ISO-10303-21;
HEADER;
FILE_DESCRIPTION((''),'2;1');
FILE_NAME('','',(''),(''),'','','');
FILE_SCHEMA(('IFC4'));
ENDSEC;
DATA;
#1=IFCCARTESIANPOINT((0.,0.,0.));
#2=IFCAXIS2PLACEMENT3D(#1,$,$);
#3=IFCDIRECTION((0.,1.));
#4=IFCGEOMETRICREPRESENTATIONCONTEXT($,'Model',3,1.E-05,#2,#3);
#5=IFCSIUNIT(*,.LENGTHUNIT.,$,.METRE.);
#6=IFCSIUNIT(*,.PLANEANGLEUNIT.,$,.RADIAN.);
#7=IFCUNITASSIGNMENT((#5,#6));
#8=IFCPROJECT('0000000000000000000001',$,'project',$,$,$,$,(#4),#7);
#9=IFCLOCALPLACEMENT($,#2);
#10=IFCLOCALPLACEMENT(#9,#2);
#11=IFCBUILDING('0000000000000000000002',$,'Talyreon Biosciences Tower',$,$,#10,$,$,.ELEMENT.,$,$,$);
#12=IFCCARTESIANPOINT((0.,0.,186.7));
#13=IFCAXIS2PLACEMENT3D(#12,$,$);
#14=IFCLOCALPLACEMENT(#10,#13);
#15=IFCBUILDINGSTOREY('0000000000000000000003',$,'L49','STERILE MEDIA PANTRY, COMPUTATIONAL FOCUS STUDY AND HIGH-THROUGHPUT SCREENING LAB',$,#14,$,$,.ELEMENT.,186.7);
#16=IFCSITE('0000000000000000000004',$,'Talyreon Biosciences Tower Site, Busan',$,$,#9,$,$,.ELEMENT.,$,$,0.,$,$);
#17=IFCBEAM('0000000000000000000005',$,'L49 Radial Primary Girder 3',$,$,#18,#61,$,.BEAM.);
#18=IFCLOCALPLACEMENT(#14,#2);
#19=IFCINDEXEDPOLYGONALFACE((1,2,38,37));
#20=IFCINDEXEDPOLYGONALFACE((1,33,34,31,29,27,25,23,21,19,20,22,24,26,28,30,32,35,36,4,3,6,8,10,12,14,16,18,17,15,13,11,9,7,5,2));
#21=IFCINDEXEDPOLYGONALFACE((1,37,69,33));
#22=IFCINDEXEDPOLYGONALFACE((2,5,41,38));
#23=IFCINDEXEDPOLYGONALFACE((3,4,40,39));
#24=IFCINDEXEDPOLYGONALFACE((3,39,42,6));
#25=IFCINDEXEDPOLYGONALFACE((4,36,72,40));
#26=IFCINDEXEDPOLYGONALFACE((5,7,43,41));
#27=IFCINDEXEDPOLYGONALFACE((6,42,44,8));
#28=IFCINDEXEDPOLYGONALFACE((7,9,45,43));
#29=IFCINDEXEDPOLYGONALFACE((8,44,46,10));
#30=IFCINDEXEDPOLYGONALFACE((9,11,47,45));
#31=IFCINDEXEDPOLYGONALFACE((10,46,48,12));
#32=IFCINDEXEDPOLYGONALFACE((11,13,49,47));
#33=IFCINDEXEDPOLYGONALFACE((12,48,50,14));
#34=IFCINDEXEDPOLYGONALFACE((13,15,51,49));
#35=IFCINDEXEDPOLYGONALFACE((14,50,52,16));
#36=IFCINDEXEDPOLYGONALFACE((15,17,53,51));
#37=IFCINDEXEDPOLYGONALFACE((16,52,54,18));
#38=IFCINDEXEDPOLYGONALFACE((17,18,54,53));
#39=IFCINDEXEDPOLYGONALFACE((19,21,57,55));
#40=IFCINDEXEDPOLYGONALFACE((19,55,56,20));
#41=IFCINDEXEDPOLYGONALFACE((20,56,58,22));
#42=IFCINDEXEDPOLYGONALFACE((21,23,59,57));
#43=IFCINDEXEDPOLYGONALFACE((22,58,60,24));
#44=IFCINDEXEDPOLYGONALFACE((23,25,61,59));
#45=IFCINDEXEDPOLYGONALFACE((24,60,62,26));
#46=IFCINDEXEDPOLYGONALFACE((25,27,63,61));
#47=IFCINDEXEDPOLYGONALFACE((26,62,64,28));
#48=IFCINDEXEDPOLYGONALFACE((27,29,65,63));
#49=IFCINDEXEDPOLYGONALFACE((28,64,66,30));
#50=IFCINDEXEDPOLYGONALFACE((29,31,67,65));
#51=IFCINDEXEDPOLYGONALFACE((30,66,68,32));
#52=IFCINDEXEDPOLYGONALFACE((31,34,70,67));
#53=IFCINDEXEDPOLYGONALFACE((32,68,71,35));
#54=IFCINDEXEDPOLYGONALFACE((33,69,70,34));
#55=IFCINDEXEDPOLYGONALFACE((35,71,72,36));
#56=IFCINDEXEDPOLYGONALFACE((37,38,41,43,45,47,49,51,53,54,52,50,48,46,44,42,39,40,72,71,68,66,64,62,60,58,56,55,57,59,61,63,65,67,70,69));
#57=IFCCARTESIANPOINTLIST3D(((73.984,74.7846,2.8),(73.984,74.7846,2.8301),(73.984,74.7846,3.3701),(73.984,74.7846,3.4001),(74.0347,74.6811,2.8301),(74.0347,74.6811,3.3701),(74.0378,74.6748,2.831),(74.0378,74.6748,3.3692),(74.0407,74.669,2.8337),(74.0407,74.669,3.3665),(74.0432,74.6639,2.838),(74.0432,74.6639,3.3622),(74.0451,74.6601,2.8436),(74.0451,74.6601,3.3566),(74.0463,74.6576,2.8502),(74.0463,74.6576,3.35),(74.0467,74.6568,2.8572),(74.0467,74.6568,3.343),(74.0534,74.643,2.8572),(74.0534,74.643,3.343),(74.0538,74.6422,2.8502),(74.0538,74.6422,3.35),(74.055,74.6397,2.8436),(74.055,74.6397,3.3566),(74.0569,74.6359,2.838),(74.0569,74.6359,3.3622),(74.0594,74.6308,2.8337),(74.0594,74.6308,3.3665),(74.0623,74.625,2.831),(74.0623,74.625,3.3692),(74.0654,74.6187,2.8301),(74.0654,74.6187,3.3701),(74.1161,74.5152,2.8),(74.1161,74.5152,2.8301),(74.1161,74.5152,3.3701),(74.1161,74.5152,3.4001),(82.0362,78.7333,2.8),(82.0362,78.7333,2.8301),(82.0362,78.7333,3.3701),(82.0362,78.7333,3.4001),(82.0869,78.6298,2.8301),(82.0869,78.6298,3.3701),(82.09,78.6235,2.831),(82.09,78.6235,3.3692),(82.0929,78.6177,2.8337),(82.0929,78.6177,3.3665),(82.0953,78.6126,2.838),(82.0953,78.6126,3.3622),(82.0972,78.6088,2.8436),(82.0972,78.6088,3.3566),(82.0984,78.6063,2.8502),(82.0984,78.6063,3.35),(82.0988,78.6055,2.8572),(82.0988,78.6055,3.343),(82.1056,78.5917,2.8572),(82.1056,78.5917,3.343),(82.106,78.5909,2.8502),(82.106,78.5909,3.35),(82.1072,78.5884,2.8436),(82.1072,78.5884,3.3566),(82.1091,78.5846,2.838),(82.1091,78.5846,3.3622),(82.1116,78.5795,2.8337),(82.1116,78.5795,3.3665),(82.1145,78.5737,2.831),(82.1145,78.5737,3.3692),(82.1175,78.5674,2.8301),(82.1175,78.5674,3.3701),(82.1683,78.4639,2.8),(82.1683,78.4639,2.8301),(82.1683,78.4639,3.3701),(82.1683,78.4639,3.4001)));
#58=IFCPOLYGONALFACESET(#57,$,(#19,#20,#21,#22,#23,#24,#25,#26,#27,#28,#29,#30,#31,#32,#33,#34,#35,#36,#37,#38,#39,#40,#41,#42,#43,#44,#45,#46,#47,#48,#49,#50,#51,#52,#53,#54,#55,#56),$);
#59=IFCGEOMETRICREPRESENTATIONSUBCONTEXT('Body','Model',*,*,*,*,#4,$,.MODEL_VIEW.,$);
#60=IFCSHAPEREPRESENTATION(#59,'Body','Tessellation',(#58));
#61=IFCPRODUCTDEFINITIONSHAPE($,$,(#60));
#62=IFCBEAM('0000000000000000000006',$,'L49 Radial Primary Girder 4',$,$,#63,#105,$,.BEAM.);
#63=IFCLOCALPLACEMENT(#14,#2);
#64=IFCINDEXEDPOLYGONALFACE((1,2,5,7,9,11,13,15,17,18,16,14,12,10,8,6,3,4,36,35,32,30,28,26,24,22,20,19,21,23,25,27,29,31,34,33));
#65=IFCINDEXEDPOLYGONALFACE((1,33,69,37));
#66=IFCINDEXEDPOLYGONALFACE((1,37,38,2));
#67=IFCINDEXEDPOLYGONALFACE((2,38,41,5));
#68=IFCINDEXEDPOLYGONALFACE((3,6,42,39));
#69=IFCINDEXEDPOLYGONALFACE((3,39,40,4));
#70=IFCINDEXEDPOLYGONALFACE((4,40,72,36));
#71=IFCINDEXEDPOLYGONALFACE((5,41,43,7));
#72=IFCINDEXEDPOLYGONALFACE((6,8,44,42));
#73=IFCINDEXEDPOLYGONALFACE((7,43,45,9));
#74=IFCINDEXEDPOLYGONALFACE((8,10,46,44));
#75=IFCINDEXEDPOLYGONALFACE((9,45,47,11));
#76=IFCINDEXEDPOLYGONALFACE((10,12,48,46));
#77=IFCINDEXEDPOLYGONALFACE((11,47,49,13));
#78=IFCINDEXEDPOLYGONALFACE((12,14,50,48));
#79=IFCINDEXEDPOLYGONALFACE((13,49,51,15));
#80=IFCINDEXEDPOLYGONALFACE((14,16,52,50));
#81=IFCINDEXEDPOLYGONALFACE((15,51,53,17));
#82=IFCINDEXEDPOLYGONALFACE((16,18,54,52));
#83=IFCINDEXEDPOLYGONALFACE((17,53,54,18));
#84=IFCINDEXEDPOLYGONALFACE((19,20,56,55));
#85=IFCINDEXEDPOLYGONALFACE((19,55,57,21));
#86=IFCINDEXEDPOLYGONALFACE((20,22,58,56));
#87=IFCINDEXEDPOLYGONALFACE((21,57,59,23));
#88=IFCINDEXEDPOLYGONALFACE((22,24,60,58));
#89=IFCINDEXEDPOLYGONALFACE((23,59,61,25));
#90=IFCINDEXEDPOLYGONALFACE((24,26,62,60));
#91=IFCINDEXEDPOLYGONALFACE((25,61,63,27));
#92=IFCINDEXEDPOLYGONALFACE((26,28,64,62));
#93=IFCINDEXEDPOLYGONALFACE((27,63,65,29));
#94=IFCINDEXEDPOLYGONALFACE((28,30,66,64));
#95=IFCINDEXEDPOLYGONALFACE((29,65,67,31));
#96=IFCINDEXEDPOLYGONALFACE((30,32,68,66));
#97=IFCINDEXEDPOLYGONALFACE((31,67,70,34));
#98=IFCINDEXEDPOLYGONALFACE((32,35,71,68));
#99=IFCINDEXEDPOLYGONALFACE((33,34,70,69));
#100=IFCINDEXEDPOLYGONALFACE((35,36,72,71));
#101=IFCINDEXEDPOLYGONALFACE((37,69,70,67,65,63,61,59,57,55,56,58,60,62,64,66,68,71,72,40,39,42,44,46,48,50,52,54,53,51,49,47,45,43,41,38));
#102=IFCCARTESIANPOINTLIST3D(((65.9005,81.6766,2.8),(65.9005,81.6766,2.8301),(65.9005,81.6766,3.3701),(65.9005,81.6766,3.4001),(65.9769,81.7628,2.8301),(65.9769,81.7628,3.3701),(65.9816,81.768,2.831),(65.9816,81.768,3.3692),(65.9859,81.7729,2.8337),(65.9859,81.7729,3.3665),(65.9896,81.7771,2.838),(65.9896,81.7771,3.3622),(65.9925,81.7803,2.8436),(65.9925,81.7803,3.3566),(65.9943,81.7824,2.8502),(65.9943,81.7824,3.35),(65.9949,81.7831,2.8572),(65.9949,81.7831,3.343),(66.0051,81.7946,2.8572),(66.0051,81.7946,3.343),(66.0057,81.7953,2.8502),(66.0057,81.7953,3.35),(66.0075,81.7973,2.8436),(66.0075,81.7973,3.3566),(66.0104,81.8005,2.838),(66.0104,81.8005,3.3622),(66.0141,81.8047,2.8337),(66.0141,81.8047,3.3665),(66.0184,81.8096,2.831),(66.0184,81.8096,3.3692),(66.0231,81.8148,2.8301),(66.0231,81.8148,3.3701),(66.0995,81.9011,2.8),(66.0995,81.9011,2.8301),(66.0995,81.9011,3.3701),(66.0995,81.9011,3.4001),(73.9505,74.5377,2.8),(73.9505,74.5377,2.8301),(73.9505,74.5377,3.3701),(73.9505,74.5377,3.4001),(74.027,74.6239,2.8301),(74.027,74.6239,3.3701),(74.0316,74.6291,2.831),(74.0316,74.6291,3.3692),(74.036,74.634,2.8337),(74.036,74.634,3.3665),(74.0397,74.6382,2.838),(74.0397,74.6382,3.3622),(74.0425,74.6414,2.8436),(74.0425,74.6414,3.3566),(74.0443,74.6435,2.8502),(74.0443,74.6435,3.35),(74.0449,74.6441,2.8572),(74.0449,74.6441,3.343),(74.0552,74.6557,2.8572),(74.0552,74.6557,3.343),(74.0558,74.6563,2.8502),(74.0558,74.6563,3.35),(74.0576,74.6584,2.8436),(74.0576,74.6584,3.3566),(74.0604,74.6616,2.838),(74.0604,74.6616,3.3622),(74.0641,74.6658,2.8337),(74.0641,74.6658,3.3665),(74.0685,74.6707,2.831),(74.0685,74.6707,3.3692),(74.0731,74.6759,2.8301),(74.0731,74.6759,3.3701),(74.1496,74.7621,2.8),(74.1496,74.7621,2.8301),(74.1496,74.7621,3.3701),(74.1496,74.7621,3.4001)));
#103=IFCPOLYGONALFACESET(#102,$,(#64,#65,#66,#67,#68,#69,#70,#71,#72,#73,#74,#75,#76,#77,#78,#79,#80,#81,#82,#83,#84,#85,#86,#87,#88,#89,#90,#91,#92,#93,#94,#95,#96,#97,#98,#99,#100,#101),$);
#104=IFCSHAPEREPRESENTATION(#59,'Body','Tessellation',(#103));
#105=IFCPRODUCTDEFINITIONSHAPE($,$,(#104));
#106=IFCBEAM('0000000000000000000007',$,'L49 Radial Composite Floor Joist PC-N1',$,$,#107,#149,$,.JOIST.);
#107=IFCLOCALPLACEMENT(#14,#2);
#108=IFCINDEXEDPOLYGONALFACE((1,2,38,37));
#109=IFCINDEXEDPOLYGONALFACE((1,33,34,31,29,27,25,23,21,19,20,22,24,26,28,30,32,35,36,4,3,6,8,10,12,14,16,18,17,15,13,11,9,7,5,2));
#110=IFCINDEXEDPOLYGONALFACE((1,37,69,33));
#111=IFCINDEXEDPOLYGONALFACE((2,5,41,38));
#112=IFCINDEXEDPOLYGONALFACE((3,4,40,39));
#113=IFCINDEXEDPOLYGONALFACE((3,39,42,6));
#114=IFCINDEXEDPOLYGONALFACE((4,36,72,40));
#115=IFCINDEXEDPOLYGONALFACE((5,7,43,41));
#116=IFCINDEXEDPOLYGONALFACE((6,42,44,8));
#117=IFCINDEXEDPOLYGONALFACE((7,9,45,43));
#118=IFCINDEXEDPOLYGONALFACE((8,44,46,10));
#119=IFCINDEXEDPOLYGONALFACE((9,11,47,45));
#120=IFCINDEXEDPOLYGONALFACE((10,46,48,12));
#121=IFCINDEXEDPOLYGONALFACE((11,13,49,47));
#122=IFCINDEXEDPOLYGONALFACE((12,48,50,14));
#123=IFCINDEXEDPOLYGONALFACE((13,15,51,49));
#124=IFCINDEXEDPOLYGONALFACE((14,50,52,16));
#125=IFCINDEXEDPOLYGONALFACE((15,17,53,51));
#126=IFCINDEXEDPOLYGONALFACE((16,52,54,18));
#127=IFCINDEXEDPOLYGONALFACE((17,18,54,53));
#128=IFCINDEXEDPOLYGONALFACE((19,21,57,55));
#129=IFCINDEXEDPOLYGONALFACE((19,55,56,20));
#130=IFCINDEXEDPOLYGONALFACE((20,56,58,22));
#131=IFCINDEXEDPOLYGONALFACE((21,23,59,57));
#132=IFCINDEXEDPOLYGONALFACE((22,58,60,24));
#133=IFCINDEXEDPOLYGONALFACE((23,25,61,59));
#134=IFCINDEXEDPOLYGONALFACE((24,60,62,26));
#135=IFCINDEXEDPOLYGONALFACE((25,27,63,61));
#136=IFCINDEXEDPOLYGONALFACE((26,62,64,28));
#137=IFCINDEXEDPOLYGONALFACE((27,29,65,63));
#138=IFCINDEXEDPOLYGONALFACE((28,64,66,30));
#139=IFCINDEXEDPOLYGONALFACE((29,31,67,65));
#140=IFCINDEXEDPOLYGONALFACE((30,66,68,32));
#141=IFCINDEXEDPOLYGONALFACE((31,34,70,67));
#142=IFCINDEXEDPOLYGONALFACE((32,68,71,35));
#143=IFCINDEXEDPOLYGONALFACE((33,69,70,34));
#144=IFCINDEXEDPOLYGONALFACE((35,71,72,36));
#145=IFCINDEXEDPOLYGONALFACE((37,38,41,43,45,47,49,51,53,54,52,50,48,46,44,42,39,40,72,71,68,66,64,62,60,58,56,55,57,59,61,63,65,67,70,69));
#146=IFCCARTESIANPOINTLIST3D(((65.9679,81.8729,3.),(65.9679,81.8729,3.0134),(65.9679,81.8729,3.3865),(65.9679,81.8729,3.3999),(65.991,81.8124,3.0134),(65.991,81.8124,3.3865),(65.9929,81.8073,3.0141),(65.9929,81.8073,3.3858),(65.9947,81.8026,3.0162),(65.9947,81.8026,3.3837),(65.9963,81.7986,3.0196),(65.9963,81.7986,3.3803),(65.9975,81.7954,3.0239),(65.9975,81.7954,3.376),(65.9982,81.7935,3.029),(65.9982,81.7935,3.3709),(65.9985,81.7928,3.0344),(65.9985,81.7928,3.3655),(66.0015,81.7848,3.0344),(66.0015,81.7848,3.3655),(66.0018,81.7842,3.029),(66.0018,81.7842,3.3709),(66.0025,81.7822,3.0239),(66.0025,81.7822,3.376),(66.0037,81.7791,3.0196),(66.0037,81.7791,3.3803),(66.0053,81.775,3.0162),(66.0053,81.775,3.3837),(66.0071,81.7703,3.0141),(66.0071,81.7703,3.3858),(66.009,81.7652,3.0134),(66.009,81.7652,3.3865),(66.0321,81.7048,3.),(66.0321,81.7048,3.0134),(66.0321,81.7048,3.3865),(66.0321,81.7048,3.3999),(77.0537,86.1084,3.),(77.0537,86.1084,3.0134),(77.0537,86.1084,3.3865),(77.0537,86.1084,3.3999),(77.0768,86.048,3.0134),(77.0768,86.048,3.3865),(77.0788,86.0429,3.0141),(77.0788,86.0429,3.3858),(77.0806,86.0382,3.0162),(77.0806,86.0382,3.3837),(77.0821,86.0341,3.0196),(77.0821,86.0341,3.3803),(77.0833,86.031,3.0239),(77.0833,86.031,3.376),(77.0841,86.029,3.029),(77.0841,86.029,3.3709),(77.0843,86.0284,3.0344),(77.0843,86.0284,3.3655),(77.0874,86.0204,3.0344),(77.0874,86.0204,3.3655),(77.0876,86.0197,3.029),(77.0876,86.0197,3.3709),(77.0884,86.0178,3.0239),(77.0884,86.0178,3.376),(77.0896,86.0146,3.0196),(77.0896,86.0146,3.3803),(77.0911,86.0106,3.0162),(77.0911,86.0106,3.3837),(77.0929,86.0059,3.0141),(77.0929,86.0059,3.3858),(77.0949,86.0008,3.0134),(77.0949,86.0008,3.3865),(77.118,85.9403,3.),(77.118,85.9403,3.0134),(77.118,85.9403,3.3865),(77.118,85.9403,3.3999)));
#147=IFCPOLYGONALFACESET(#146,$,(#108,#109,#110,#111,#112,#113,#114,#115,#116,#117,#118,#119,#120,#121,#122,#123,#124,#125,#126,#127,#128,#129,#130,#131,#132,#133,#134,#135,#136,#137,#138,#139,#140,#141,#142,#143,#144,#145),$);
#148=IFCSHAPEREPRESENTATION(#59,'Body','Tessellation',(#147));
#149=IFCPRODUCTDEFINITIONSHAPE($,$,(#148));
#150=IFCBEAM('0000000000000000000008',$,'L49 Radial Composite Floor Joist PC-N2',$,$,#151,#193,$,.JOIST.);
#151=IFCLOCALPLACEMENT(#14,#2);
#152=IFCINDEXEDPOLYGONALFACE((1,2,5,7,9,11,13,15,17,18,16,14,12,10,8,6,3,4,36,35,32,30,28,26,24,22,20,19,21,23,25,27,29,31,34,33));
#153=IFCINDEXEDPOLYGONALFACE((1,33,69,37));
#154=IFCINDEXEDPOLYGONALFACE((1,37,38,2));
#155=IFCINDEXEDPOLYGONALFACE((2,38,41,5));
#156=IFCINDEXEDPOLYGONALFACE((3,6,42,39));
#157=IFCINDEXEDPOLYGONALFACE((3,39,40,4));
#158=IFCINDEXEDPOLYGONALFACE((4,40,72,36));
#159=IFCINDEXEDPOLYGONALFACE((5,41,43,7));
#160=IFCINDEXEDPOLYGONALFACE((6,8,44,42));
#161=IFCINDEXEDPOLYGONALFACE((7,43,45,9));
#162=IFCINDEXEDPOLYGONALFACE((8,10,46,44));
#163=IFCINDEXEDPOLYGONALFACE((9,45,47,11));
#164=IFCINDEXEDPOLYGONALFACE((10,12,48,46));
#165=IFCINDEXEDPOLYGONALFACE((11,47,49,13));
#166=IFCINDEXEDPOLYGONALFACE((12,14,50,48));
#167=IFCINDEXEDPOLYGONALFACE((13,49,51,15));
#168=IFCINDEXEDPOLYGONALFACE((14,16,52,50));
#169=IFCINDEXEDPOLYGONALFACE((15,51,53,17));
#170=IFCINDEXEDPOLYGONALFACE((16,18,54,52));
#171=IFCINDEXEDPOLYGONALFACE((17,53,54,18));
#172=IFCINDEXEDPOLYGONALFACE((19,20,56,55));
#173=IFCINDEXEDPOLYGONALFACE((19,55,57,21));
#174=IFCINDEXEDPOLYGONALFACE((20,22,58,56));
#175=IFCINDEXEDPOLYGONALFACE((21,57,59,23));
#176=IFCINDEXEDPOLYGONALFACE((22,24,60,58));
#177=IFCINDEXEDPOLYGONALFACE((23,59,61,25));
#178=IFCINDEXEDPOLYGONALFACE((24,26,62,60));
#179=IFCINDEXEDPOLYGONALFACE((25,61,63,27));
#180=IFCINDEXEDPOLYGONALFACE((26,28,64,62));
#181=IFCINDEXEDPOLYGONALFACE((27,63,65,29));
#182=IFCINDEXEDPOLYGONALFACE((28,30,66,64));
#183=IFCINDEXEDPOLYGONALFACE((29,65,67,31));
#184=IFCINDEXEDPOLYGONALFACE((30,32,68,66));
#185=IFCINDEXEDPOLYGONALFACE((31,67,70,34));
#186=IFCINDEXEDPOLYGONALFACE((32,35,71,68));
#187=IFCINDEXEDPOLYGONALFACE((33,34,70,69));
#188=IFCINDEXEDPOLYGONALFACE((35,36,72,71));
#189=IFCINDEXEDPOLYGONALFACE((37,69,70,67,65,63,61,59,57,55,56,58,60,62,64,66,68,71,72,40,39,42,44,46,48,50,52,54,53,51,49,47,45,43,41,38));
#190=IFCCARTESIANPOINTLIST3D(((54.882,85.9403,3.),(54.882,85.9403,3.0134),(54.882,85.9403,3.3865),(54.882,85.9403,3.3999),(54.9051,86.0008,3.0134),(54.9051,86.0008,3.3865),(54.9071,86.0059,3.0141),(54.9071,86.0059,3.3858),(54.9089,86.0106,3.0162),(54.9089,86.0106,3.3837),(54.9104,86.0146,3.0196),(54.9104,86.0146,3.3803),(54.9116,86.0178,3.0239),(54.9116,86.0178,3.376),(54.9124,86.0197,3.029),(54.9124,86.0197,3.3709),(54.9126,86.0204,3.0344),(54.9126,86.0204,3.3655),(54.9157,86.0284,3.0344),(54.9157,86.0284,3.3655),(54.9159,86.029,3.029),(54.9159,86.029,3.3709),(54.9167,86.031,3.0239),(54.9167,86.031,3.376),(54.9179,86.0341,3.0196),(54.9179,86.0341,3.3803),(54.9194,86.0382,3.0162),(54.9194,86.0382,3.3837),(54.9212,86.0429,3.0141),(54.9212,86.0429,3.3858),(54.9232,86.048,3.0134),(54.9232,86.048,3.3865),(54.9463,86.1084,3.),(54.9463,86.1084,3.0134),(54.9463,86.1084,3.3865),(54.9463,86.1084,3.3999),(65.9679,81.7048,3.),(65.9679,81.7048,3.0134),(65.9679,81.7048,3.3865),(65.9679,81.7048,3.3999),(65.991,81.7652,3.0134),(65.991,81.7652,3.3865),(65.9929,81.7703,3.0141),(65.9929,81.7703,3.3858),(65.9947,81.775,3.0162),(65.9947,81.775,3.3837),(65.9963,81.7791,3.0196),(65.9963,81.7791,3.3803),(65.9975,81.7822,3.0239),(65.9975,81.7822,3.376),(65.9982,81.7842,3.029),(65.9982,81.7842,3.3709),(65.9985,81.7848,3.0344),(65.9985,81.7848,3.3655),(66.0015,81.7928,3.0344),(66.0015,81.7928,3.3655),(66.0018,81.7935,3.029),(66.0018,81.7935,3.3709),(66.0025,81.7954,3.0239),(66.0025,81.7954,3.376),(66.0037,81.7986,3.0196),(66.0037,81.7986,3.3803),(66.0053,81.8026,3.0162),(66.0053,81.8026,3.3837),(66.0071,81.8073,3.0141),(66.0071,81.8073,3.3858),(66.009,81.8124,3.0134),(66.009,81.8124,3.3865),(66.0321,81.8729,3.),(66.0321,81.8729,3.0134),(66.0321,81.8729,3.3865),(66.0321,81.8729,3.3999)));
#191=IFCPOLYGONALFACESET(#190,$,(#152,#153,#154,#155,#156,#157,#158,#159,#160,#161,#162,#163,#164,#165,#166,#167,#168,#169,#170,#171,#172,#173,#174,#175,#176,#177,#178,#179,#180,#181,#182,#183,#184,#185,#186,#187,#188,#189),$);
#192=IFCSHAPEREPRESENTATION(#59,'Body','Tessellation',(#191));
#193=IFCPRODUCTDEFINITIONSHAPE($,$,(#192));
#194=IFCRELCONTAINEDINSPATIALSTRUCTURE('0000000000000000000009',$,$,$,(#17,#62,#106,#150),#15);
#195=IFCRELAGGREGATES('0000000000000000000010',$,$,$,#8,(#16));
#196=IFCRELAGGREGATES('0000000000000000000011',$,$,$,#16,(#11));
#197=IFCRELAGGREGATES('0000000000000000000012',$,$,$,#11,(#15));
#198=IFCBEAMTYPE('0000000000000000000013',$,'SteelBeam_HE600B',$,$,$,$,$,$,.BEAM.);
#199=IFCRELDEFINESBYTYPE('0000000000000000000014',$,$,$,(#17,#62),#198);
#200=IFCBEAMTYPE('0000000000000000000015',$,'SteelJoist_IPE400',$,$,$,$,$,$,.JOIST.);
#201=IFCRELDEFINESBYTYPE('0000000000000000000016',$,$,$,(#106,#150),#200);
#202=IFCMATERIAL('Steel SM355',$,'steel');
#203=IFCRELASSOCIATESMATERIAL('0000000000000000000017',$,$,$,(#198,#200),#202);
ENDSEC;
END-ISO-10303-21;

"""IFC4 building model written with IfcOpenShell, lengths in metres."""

from ifc_helpers import new_model, si_unit, direction, frame, origin, origin_2d, place, context, subcontext, project, spatial, i_section, extrude, material, material_profile, profile_set, type_object, element, save


model = new_model("IFC4")

# Units and contexts
model_context = context("Model", 3, precision=1e-05, world=origin(), true_north=direction((0.0, 1.0)))
body_context = subcontext(model_context, "Body", "Model", "MODEL_VIEW")
ifc_project = project(units=[si_unit("LENGTHUNIT", "METRE"), si_unit("PLANEANGLEUNIT", "RADIAN")], contexts=[model_context])

# Site, building, storey
site_placement = place(None, origin())
site = spatial("IfcSite", under=ifc_project, at=site_placement, Name="Talyreon Biosciences Tower Site, Busan", CompositionType="ELEMENT", RefElevation=0.0)
building_placement = place(site_placement, origin())
building = spatial("IfcBuilding", under=site, at=building_placement, Name="Talyreon Biosciences Tower", CompositionType="ELEMENT")
storey_placement = place(building_placement, frame((0.0, 0.0, 186.7)))
storey = spatial("IfcBuildingStorey", under=building, at=storey_placement, Name="L49", Description="STERILE MEDIA PANTRY, COMPUTATIONAL FOCUS STUDY AND HIGH-THROUGHPUT SCREENING LAB", CompositionType="ELEMENT", Elevation=186.7)

# Beams
ifc_material_1 = material(Name="Steel SM355", Category="steel")
ifc_material_profile_1 = material_profile(ifc_material_1, i_section(OverallWidth=0.3, OverallDepth=0.6001, WebThickness=0.0154, FlangeThickness=0.03, FilletRadius=0.0271, at=origin_2d()), Name="HE600B")
ifc_profile_set_1 = profile_set([ifc_material_profile_1], Name="Steel SM355")
beam_type_1 = type_object("IfcBeamType", Name="SteelBeam_HE600B", PredefinedType="BEAM", material=ifc_profile_set_1)
beam_1_placement = place(storey_placement, frame((74.05, 74.6499, 3.1001), z_axis=(0.897852, 0.440297, 0.0), x_axis=(-0.440297, 0.897852, 0.0)))
element("IfcBeam", 1, at=beam_1_placement, inside=storey, type_object=beam_type_1, Name="L49 Radial Primary Girder 3", PredefinedType="BEAM", context=body_context, shape_type="SweptSolid", body=[
    extrude(i_section(OverallWidth=0.3, OverallDepth=0.6001, WebThickness=0.0154, FlangeThickness=0.03, FilletRadius=0.0271, at=origin_2d()), origin(), (0.0, 0.0, 1.0), 8.9683),
])
beam_2_placement = place(storey_placement, frame((74.05, 74.6499, 3.1001), z_axis=(-0.748179, 0.663497, 0.0), x_axis=(-0.663497, -0.748179, 0.0)))
element("IfcBeam", 2, at=beam_2_placement, inside=storey, type_object=beam_type_1, Name="L49 Radial Primary Girder 4", PredefinedType="BEAM", context=body_context, shape_type="SweptSolid", body=[
    extrude(i_section(OverallWidth=0.3, OverallDepth=0.6001, WebThickness=0.0154, FlangeThickness=0.03, FilletRadius=0.0271, at=origin_2d()), origin(), (0.0, 0.0, 1.0), 10.7595),
])
ifc_material_profile_2 = material_profile(ifc_material_1, i_section(OverallWidth=0.1799, OverallDepth=0.3999, WebThickness=0.0085, FlangeThickness=0.0134, FilletRadius=0.021, at=origin_2d()), Name="IPE400")
ifc_profile_set_2 = profile_set([ifc_material_profile_2], Name="Steel SM355")
beam_type_2 = type_object("IfcBeamType", Name="SteelJoist_IPE400", PredefinedType="JOIST", material=ifc_profile_set_2)
for number, where, z_axis, x_axis, name in (
    (3, (66.0, 81.7888, 3.2), (0.93414, 0.356906, 0.0), (-0.356906, 0.93414, 0.0), "L49 Radial Composite Floor Joist PC-N1"),
    (4, (66.0, 81.7888, 3.2), (-0.93414, 0.356906, 0.0), (-0.356906, -0.93414, 0.0), "L49 Radial Composite Floor Joist PC-N2"),
):
    element("IfcBeam", number, at=place(storey_placement, frame(where, z_axis=z_axis, x_axis=x_axis)), inside=storey, type_object=beam_type_2, Name=name, PredefinedType="JOIST", context=body_context, shape_type="SweptSolid", body=[
        extrude(i_section(OverallWidth=0.1799, OverallDepth=0.3999, WebThickness=0.0085, FlangeThickness=0.0134, FilletRadius=0.021, at=origin_2d()), origin(), (0.0, 0.0, 1.0), 11.8674),
    ])

save(model, "model.ifc")
